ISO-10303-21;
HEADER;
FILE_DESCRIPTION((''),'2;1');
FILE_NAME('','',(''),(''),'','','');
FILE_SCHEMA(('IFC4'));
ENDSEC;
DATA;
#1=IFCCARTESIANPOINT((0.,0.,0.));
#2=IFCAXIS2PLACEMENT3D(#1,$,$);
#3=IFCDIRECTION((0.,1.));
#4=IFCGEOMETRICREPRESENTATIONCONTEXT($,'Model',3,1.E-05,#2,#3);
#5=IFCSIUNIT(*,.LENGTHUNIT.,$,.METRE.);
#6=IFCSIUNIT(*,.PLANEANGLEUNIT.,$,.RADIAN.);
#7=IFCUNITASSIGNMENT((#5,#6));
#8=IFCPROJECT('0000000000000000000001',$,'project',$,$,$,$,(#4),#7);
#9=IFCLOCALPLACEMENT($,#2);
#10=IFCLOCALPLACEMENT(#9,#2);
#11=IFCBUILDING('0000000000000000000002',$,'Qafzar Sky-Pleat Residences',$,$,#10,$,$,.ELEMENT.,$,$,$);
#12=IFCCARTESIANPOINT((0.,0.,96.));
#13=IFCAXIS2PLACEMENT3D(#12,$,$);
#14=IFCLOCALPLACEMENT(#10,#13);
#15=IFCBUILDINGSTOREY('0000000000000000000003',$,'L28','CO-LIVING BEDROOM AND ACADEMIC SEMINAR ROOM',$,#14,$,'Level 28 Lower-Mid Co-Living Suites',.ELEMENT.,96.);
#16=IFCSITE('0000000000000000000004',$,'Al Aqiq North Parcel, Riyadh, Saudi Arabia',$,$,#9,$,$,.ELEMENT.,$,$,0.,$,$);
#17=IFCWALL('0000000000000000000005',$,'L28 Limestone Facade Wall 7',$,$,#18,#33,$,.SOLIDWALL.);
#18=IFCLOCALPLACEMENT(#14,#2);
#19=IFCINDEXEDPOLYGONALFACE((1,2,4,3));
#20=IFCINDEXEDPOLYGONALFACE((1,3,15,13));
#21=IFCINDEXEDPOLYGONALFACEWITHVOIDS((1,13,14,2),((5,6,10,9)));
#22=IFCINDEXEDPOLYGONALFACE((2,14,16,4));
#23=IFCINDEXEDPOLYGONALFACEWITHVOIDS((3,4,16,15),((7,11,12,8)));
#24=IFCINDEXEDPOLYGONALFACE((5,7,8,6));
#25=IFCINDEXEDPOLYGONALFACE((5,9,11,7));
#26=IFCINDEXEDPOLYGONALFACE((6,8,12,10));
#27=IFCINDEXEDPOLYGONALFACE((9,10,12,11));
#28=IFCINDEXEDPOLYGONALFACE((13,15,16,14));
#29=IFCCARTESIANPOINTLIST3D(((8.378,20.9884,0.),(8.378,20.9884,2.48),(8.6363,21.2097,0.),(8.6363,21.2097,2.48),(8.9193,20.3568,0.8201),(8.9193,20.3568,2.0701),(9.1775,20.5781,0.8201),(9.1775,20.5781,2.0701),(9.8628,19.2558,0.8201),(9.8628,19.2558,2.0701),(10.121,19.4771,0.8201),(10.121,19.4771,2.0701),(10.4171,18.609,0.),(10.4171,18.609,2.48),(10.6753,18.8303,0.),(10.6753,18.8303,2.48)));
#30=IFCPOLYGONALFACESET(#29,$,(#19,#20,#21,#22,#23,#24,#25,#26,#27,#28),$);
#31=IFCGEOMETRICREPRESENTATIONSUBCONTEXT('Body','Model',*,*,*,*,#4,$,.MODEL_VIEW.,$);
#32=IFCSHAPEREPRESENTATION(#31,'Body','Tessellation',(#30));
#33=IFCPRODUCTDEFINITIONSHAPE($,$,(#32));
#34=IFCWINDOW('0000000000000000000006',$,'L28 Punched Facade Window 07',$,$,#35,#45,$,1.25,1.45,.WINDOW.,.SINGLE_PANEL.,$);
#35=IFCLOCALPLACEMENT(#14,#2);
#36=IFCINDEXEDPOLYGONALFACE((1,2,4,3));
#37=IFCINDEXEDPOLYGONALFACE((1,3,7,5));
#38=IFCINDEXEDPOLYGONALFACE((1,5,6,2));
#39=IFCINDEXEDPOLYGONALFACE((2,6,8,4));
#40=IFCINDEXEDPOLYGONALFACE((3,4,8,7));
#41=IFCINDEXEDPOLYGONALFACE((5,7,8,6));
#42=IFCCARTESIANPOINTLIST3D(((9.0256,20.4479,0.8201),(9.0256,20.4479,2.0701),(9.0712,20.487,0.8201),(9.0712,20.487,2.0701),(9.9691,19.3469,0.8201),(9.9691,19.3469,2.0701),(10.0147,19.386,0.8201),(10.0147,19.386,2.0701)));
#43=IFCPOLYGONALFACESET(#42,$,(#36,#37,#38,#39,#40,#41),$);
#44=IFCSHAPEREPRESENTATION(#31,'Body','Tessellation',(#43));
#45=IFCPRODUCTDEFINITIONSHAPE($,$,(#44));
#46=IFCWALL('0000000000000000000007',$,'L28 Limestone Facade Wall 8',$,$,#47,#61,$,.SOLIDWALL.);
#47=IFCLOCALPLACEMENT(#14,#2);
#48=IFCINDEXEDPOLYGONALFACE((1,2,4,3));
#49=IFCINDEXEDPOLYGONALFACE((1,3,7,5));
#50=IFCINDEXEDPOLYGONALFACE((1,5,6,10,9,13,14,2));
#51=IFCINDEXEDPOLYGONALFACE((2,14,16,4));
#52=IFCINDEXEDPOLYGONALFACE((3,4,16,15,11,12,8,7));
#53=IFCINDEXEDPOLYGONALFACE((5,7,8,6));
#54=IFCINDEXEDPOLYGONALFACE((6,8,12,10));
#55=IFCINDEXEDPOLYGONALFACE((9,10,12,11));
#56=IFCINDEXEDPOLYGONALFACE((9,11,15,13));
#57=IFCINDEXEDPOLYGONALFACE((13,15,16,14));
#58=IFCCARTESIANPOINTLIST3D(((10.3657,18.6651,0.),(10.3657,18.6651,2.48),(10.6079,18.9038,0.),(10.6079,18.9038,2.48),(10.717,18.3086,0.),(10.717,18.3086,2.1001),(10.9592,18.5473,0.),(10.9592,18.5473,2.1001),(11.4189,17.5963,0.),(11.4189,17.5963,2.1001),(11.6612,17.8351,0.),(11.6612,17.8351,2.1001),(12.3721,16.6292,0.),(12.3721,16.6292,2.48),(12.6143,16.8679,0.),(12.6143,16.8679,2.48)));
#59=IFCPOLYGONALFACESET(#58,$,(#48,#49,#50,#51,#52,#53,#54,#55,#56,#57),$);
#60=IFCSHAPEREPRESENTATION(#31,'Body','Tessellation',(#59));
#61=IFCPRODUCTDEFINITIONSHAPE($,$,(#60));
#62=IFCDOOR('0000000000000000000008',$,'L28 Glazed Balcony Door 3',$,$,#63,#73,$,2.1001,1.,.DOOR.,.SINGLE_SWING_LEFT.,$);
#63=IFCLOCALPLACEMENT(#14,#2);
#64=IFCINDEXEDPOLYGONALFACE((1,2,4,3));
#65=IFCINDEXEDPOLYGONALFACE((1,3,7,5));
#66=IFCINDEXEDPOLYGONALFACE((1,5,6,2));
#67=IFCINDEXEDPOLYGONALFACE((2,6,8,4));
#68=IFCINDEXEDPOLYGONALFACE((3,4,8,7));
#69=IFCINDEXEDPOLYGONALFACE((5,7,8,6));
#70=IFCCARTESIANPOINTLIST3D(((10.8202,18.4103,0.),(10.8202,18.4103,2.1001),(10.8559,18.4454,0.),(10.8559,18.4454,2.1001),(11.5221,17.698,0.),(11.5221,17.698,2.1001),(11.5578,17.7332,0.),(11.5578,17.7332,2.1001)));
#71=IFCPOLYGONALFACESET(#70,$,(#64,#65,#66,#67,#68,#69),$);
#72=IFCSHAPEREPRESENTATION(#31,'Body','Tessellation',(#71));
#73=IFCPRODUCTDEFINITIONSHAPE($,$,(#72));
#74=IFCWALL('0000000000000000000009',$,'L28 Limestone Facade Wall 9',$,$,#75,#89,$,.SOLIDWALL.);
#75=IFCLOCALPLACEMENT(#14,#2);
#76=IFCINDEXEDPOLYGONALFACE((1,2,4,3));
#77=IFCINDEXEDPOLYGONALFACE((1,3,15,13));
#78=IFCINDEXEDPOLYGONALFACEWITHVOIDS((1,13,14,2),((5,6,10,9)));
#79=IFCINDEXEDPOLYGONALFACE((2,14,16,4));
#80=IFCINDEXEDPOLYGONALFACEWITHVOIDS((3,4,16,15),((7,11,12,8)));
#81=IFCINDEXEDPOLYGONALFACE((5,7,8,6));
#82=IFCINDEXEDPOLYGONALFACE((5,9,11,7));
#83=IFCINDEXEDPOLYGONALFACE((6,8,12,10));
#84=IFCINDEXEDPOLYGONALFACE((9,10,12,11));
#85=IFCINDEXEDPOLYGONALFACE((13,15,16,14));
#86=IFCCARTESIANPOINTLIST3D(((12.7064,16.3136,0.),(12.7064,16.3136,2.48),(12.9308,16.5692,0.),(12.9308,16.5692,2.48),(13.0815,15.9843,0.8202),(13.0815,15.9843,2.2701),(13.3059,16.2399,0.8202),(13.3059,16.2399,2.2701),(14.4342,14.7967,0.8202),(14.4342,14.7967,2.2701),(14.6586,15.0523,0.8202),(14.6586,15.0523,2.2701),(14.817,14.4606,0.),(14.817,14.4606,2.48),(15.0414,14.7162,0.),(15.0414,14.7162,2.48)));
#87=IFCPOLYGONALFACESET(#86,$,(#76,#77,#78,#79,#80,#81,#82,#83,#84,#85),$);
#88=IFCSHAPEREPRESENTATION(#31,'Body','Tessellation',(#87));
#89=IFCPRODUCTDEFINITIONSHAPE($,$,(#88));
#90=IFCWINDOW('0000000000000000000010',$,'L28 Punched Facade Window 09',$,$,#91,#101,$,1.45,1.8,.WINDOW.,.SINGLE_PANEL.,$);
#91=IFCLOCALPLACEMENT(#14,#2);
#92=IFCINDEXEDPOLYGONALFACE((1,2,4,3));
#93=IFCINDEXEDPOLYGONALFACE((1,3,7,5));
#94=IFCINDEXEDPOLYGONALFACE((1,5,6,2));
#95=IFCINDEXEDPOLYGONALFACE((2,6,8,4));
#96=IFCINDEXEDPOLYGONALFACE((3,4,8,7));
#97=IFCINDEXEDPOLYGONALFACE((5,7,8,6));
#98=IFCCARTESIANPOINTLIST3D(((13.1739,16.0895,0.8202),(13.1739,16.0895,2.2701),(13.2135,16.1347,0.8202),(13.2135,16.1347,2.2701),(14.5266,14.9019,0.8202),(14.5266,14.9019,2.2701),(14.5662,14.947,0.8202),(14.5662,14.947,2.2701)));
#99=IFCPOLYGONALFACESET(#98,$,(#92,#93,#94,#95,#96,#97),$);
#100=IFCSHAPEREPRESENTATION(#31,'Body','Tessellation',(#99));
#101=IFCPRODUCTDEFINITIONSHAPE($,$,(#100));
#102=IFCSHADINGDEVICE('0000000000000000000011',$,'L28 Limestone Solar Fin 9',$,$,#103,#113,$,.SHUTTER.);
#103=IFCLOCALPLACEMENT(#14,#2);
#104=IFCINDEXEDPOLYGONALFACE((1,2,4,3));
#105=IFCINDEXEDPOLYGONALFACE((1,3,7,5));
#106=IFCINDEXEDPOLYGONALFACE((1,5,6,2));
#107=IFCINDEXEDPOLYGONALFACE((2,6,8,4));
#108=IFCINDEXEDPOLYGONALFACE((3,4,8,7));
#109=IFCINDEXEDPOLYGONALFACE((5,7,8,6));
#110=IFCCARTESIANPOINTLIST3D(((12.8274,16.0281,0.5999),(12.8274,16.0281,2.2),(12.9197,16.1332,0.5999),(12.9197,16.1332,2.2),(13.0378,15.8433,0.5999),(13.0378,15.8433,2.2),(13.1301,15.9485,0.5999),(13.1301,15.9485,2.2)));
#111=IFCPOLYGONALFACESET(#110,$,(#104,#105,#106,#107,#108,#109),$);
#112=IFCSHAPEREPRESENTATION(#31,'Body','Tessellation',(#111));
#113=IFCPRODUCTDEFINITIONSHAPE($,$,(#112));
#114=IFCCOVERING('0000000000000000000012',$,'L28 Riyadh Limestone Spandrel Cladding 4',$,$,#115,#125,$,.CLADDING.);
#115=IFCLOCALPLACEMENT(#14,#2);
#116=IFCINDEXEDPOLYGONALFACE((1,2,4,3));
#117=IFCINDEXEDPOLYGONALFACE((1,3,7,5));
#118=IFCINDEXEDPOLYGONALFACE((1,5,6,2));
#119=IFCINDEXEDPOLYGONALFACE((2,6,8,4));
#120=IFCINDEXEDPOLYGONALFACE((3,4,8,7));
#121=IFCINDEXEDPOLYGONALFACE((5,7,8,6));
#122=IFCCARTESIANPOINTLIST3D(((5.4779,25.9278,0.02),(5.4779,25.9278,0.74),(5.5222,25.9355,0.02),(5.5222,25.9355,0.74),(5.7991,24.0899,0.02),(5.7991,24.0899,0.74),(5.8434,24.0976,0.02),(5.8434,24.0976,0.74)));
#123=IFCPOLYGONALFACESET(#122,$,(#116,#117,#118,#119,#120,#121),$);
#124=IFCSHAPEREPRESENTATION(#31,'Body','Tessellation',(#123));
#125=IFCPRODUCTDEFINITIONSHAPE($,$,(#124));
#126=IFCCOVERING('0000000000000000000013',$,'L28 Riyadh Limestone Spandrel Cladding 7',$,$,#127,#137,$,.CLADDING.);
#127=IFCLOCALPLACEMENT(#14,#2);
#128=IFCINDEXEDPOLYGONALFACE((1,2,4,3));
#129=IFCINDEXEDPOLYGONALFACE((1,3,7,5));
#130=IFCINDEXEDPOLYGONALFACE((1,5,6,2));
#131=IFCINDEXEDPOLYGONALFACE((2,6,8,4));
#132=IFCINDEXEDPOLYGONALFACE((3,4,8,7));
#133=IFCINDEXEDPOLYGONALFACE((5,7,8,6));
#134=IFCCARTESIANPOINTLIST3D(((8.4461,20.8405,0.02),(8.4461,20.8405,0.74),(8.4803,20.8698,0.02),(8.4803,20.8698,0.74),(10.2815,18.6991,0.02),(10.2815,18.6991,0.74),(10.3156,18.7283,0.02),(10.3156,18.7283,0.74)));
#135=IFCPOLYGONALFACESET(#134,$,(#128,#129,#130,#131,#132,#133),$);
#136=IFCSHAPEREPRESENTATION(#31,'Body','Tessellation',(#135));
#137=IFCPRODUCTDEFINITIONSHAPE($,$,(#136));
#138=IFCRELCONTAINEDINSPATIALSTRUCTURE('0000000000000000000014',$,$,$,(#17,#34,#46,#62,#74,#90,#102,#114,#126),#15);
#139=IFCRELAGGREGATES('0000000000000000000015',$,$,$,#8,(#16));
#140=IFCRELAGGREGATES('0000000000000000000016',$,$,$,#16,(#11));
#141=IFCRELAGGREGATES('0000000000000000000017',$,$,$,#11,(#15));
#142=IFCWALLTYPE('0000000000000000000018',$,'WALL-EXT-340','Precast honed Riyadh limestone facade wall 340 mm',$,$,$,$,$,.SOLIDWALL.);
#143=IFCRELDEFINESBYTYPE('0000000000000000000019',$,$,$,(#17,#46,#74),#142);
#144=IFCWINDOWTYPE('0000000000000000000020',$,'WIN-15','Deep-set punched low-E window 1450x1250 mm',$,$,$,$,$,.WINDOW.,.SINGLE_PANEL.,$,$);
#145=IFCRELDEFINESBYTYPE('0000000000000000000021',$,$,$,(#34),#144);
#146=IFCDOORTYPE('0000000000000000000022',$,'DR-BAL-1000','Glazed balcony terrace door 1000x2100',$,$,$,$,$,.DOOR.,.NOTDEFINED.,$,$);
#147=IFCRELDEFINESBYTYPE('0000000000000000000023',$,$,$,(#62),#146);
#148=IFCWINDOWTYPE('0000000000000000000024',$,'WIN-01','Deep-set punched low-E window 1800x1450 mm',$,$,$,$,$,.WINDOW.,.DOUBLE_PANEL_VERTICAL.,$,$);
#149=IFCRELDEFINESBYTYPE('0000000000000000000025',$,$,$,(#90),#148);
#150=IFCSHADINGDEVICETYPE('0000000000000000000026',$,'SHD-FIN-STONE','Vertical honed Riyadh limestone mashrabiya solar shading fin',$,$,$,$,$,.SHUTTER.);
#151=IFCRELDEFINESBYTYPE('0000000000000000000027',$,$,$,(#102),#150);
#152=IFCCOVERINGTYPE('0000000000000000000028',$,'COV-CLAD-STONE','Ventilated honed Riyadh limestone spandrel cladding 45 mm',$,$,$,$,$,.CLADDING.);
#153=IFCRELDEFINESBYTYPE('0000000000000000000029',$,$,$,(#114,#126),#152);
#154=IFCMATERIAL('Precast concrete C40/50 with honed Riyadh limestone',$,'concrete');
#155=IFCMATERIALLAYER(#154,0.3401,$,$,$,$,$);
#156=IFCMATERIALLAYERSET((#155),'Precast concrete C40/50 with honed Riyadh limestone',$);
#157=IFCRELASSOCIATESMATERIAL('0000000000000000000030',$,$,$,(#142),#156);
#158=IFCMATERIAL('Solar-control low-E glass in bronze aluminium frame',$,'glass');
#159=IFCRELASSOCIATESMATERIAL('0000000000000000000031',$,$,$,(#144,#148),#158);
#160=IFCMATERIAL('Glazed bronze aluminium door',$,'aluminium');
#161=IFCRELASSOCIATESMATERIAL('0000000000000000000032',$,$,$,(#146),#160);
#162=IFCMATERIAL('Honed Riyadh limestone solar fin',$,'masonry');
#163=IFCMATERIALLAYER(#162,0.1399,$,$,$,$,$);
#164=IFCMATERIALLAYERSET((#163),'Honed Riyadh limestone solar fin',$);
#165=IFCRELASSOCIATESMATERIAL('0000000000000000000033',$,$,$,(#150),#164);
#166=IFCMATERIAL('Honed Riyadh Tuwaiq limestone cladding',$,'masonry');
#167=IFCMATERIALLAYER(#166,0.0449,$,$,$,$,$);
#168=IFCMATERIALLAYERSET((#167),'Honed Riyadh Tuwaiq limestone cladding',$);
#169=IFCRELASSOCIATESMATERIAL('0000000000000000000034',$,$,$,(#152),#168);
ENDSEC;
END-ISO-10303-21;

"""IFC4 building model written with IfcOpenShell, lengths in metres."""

from ifc_helpers import new_model, si_unit, direction, frame, frame_2d, origin, origin_2d, place, context, subcontext, project, spatial, rectangle, extrude, source, transform, mapped, material, layer, layer_set, type_object, element, fill, save


model = new_model("IFC4")

# Units and contexts
model_context = context("Model", 3, precision=1e-05, world=origin(), true_north=direction((0.0, 1.0)))
body_context = subcontext(model_context, "Body", "Model", "MODEL_VIEW")
ifc_project = project(units=[si_unit("LENGTHUNIT", "METRE"), si_unit("PLANEANGLEUNIT", "RADIAN")], contexts=[model_context])

# Site, building, storey
site_placement = place(None, origin())
site = spatial("IfcSite", under=ifc_project, at=site_placement, Name="Al Aqiq North Parcel, Riyadh, Saudi Arabia", CompositionType="ELEMENT", RefElevation=0.0)
building_placement = place(site_placement, origin())
building = spatial("IfcBuilding", under=site, at=building_placement, Name="Qafzar Sky-Pleat Residences", CompositionType="ELEMENT")
storey_placement = place(building_placement, frame((0.0, 0.0, 96.0)))
storey = spatial("IfcBuildingStorey", under=building, at=storey_placement, Name="L28", Description="CO-LIVING BEDROOM AND ACADEMIC SEMINAR ROOM", LongName="Level 28 Lower-Mid Co-Living Suites", CompositionType="ELEMENT", Elevation=96.0)

# Shared definitions
ifc_material_1 = material(Name="Precast concrete C40/50 with honed Riyadh limestone", Category="concrete")
ifc_layer_1 = layer(ifc_material_1, 0.3401)
ifc_layer_set_1 = layer_set([ifc_layer_1], Name="Precast concrete C40/50 with honed Riyadh limestone")
wall_type_1 = type_object("IfcWallType", Name="WALL-EXT-340", Description="Precast honed Riyadh limestone facade wall 340 mm", PredefinedType="SOLIDWALL", material=ifc_layer_set_1)
ifc_material_2 = material(Name="Solar-control low-E glass in bronze aluminium frame", Category="glass")

# Wall, opening, window
window_type_1 = type_object("IfcWindowType", Name="WIN-15", Description="Deep-set punched low-E window 1450x1250 mm", PartitioningType="SINGLE_PANEL", PredefinedType="WINDOW", material=ifc_material_2)
shared_shape_1 = source(origin(), body_context, "Body", "SweptSolid", [
    extrude(rectangle(XDim=1.45, YDim=1.25, at=frame_2d((0.7251, 0.625))), frame((0.0, 0.03, 0.0), z_axis=(0.0, -1.0, 0.0), x_axis=(1.0, 0.0, 0.0)), (0.0, 0.0, 1.0), 0.0601),
])
wall_1_placement = place(storey_placement, frame((8.5071, 21.0991, 0.0), z_axis=(0.0, 0.0, 1.0), x_axis=(0.650714, -0.759323, 0.0)))
wall_1 = element("IfcWall", 1, at=wall_1_placement, inside=storey, type_object=wall_type_1, Name="L28 Limestone Facade Wall 7", PredefinedType="SOLIDWALL", context=body_context, shape_type="SweptSolid", body=[
    extrude(rectangle(XDim=3.1335, YDim=0.3401, at=frame_2d((1.5669, 0.0))), origin(), (0.0, 0.0, 1.0), 2.48),
])
opening_1_placement = place(wall_1_placement, frame((0.8318, 0.0, 0.8201)))
opening_1 = element("IfcOpeningElement", 2, at=opening_1_placement, cuts=wall_1, PredefinedType="OPENING", context=body_context, shape_type="SweptSolid", body=[
    extrude(rectangle(XDim=1.45, YDim=1.25, at=frame_2d((0.7251, 0.625))), frame((0.0, 0.1802, 0.0), z_axis=(0.0, -1.0, 0.0), x_axis=(1.0, 0.0, 0.0)), (0.0, 0.0, 1.0), 0.3601),
])
window_1_placement = place(opening_1_placement, origin())
window_1 = element("IfcWindow", 3, at=window_1_placement, inside=storey, type_object=window_type_1, Name="L28 Punched Facade Window 07", OverallHeight=1.25, OverallWidth=1.45, PartitioningType="SINGLE_PANEL", PredefinedType="WINDOW", context=body_context, shape_type="MappedRepresentation", body=[
    mapped(shared_shape_1, transform((0.0, 0.0, 0.0), x_axis=(1.0, 0.0, 0.0), y_axis=(0.0, 1.0, 0.0), z_axis=(0.0, 0.0, 1.0), scale=1.0)),
])
fill(opening_1, window_1)

# Wall, opening, door
wall_2_placement = place(storey_placement, frame((10.4868, 18.7844, 0.0), z_axis=(0.0, 0.0, 1.0), x_axis=(0.70192, -0.712255, 0.0)))
wall_2 = element("IfcWall", 4, at=wall_2_placement, inside=storey, type_object=wall_type_1, Name="L28 Limestone Facade Wall 8", PredefinedType="SOLIDWALL", context=body_context, shape_type="SweptSolid", body=[
    extrude(rectangle(XDim=2.8584, YDim=0.3401, at=frame_2d((1.4292, 0.0))), origin(), (0.0, 0.0, 1.0), 2.48),
])
opening_2_placement = place(wall_2_placement, frame((0.5005, 0.0, 0.0)))
opening_2 = element("IfcOpeningElement", 5, at=opening_2_placement, cuts=wall_2, PredefinedType="OPENING", context=body_context, shape_type="SweptSolid", body=[
    extrude(rectangle(XDim=1.0, YDim=2.1001, at=frame_2d((0.5, 1.05))), frame((0.0, 0.1802, 0.0), z_axis=(0.0, -1.0, 0.0), x_axis=(1.0, 0.0, 0.0)), (0.0, 0.0, 1.0), 0.3601),
])
ifc_material_3 = material(Name="Glazed bronze aluminium door", Category="aluminium")
door_type = type_object("IfcDoorType", Name="DR-BAL-1000", Description="Glazed balcony terrace door 1000x2100", OperationType="NOTDEFINED", PredefinedType="DOOR", material=ifc_material_3)
shared_shape_2 = source(origin(), body_context, "Body", "SweptSolid", [
    extrude(rectangle(XDim=1.0, YDim=2.1001, at=frame_2d((0.5, 1.05))), frame((0.0, 0.0249, 0.0), z_axis=(0.0, -1.0, 0.0), x_axis=(1.0, 0.0, 0.0)), (0.0, 0.0, 1.0), 0.05),
])
door_placement = place(opening_2_placement, origin())
door = element("IfcDoor", 6, at=door_placement, inside=storey, type_object=door_type, Name="L28 Glazed Balcony Door 3", OperationType="SINGLE_SWING_LEFT", OverallHeight=2.1001, OverallWidth=1.0, PredefinedType="DOOR", context=body_context, shape_type="MappedRepresentation", body=[
    mapped(shared_shape_2, transform((0.0, 0.0, 0.0), x_axis=(1.0, 0.0, 0.0), y_axis=(0.0, 1.0, 0.0), z_axis=(0.0, 0.0, 1.0), scale=1.0)),
])
fill(opening_2, door)

# Wall, opening, window
wall_3_placement = place(storey_placement, frame((12.8186, 16.4414, 0.0), z_axis=(0.0, 0.0, 1.0), x_axis=(0.751472, -0.659765, 0.0)))
wall_3 = element("IfcWall", 7, at=wall_3_placement, inside=storey, type_object=wall_type_1, Name="L28 Limestone Facade Wall 9", PredefinedType="SOLIDWALL", context=body_context, shape_type="SweptSolid", body=[
    extrude(rectangle(XDim=2.8086, YDim=0.3401, at=frame_2d((1.4043, 0.0))), origin(), (0.0, 0.0, 1.0), 2.48),
])
opening_3_placement = place(wall_3_placement, frame((0.4993, 0.0, 0.8201)))
opening_3 = element("IfcOpeningElement", 8, at=opening_3_placement, cuts=wall_3, PredefinedType="OPENING", context=body_context, shape_type="SweptSolid", body=[
    extrude(rectangle(XDim=1.8, YDim=1.45, at=frame_2d((0.8999, 0.7251))), frame((0.0, 0.1802, 0.0), z_axis=(0.0, -1.0, 0.0), x_axis=(1.0, 0.0, 0.0)), (0.0, 0.0, 1.0), 0.3601),
])
window_type_2 = type_object("IfcWindowType", Name="WIN-01", Description="Deep-set punched low-E window 1800x1450 mm", PartitioningType="DOUBLE_PANEL_VERTICAL", PredefinedType="WINDOW", material=ifc_material_2)
shared_shape_3 = source(origin(), body_context, "Body", "SweptSolid", [
    extrude(rectangle(XDim=1.8, YDim=1.45, at=frame_2d((0.8999, 0.7251))), frame((0.0, 0.03, 0.0), z_axis=(0.0, -1.0, 0.0), x_axis=(1.0, 0.0, 0.0)), (0.0, 0.0, 1.0), 0.0601),
])
window_2_placement = place(opening_3_placement, origin())
window_2 = element("IfcWindow", 9, at=window_2_placement, inside=storey, type_object=window_type_2, Name="L28 Punched Facade Window 09", OverallHeight=1.45, OverallWidth=1.8, PartitioningType="SINGLE_PANEL", PredefinedType="WINDOW", context=body_context, shape_type="MappedRepresentation", body=[
    mapped(shared_shape_3, transform((0.0, 0.0, 0.0), x_axis=(1.0, 0.0, 0.0), y_axis=(0.0, 1.0, 0.0), z_axis=(0.0, 0.0, 1.0), scale=1.0)),
])
fill(opening_3, window_2)

# Shading device
ifc_material_4 = material(Name="Honed Riyadh limestone solar fin", Category="masonry")
ifc_layer_2 = layer(ifc_material_4, 0.1399)
ifc_layer_set_2 = layer_set([ifc_layer_2], Name="Honed Riyadh limestone solar fin")
shading_device_type = type_object("IfcShadingDeviceType", Name="SHD-FIN-STONE", Description="Vertical honed Riyadh limestone mashrabiya solar shading fin", PredefinedType="SHUTTER", material=ifc_layer_set_2)
shared_shape_4 = source(origin(), body_context, "Body", "SweptSolid", [
    extrude(rectangle(XDim=0.1399, YDim=0.28, at=origin_2d()), origin(), (0.0, 0.0, 1.0), 1.6001),
])
shading_device_placement = place(storey_placement, frame((12.9788, 15.9883, 0.5999), z_axis=(0.0, 0.0, 1.0), x_axis=(-0.659726, -0.751506, 0.0)))
element("IfcShadingDevice", 10, at=shading_device_placement, inside=storey, type_object=shading_device_type, Name="L28 Limestone Solar Fin 9", PredefinedType="SHUTTER", context=body_context, shape_type="MappedRepresentation", body=[
    mapped(shared_shape_4, transform((0.0, 0.0, 0.0), x_axis=(1.0, 0.0, 0.0), y_axis=(0.0, 1.0, 0.0), z_axis=(0.0, 0.0, 1.0), scale=1.0)),
])

# Covering
ifc_material_5 = material(Name="Honed Riyadh Tuwaiq limestone cladding", Category="masonry")
ifc_layer_3 = layer(ifc_material_5, 0.0449)
ifc_layer_set_3 = layer_set([ifc_layer_3], Name="Honed Riyadh Tuwaiq limestone cladding")
covering_type = type_object("IfcCoveringType", Name="COV-CLAD-STONE", Description="Ventilated honed Riyadh limestone spandrel cladding 45 mm", PredefinedType="CLADDING", material=ifc_layer_set_3)
shared_shape_5 = source(origin(), body_context, "Body", "SweptSolid", [
    extrude(rectangle(XDim=1.8657, YDim=0.0449, at=origin_2d()), origin(), (0.0, 0.0, 1.0), 0.72),
])
covering_1_placement = place(storey_placement, frame((5.6606, 25.0127, 0.02), z_axis=(0.0, 0.0, 1.0), x_axis=(0.172162, -0.985069, 0.0)))
element("IfcCovering", 11, at=covering_1_placement, inside=storey, type_object=covering_type, Name="L28 Riyadh Limestone Spandrel Cladding 4", PredefinedType="CLADDING", context=body_context, shape_type="MappedRepresentation", body=[
    mapped(shared_shape_5, transform((0.0, 0.0, 0.0), x_axis=(1.0, 0.0, 0.0), y_axis=(0.0, 1.0, 0.0), z_axis=(0.0, 0.0, 1.0), scale=1.0)),
])

# Covering
shared_shape_6 = source(origin(), body_context, "Body", "SweptSolid", [
    extrude(rectangle(XDim=2.8203, YDim=0.0449, at=origin_2d()), origin(), (0.0, 0.0, 1.0), 0.72),
])
covering_2_placement = place(storey_placement, frame((9.3809, 19.7844, 0.02), z_axis=(0.0, 0.0, 1.0), x_axis=(0.650752, -0.75929, 0.0)))
element("IfcCovering", 12, at=covering_2_placement, inside=storey, type_object=covering_type, Name="L28 Riyadh Limestone Spandrel Cladding 7", PredefinedType="CLADDING", context=body_context, shape_type="MappedRepresentation", body=[
    mapped(shared_shape_6, transform((0.0, 0.0, 0.0), x_axis=(1.0, 0.0, 0.0), y_axis=(0.0, 1.0, 0.0), z_axis=(0.0, 0.0, 1.0), scale=1.0)),
])

save(model, "model.ifc")
